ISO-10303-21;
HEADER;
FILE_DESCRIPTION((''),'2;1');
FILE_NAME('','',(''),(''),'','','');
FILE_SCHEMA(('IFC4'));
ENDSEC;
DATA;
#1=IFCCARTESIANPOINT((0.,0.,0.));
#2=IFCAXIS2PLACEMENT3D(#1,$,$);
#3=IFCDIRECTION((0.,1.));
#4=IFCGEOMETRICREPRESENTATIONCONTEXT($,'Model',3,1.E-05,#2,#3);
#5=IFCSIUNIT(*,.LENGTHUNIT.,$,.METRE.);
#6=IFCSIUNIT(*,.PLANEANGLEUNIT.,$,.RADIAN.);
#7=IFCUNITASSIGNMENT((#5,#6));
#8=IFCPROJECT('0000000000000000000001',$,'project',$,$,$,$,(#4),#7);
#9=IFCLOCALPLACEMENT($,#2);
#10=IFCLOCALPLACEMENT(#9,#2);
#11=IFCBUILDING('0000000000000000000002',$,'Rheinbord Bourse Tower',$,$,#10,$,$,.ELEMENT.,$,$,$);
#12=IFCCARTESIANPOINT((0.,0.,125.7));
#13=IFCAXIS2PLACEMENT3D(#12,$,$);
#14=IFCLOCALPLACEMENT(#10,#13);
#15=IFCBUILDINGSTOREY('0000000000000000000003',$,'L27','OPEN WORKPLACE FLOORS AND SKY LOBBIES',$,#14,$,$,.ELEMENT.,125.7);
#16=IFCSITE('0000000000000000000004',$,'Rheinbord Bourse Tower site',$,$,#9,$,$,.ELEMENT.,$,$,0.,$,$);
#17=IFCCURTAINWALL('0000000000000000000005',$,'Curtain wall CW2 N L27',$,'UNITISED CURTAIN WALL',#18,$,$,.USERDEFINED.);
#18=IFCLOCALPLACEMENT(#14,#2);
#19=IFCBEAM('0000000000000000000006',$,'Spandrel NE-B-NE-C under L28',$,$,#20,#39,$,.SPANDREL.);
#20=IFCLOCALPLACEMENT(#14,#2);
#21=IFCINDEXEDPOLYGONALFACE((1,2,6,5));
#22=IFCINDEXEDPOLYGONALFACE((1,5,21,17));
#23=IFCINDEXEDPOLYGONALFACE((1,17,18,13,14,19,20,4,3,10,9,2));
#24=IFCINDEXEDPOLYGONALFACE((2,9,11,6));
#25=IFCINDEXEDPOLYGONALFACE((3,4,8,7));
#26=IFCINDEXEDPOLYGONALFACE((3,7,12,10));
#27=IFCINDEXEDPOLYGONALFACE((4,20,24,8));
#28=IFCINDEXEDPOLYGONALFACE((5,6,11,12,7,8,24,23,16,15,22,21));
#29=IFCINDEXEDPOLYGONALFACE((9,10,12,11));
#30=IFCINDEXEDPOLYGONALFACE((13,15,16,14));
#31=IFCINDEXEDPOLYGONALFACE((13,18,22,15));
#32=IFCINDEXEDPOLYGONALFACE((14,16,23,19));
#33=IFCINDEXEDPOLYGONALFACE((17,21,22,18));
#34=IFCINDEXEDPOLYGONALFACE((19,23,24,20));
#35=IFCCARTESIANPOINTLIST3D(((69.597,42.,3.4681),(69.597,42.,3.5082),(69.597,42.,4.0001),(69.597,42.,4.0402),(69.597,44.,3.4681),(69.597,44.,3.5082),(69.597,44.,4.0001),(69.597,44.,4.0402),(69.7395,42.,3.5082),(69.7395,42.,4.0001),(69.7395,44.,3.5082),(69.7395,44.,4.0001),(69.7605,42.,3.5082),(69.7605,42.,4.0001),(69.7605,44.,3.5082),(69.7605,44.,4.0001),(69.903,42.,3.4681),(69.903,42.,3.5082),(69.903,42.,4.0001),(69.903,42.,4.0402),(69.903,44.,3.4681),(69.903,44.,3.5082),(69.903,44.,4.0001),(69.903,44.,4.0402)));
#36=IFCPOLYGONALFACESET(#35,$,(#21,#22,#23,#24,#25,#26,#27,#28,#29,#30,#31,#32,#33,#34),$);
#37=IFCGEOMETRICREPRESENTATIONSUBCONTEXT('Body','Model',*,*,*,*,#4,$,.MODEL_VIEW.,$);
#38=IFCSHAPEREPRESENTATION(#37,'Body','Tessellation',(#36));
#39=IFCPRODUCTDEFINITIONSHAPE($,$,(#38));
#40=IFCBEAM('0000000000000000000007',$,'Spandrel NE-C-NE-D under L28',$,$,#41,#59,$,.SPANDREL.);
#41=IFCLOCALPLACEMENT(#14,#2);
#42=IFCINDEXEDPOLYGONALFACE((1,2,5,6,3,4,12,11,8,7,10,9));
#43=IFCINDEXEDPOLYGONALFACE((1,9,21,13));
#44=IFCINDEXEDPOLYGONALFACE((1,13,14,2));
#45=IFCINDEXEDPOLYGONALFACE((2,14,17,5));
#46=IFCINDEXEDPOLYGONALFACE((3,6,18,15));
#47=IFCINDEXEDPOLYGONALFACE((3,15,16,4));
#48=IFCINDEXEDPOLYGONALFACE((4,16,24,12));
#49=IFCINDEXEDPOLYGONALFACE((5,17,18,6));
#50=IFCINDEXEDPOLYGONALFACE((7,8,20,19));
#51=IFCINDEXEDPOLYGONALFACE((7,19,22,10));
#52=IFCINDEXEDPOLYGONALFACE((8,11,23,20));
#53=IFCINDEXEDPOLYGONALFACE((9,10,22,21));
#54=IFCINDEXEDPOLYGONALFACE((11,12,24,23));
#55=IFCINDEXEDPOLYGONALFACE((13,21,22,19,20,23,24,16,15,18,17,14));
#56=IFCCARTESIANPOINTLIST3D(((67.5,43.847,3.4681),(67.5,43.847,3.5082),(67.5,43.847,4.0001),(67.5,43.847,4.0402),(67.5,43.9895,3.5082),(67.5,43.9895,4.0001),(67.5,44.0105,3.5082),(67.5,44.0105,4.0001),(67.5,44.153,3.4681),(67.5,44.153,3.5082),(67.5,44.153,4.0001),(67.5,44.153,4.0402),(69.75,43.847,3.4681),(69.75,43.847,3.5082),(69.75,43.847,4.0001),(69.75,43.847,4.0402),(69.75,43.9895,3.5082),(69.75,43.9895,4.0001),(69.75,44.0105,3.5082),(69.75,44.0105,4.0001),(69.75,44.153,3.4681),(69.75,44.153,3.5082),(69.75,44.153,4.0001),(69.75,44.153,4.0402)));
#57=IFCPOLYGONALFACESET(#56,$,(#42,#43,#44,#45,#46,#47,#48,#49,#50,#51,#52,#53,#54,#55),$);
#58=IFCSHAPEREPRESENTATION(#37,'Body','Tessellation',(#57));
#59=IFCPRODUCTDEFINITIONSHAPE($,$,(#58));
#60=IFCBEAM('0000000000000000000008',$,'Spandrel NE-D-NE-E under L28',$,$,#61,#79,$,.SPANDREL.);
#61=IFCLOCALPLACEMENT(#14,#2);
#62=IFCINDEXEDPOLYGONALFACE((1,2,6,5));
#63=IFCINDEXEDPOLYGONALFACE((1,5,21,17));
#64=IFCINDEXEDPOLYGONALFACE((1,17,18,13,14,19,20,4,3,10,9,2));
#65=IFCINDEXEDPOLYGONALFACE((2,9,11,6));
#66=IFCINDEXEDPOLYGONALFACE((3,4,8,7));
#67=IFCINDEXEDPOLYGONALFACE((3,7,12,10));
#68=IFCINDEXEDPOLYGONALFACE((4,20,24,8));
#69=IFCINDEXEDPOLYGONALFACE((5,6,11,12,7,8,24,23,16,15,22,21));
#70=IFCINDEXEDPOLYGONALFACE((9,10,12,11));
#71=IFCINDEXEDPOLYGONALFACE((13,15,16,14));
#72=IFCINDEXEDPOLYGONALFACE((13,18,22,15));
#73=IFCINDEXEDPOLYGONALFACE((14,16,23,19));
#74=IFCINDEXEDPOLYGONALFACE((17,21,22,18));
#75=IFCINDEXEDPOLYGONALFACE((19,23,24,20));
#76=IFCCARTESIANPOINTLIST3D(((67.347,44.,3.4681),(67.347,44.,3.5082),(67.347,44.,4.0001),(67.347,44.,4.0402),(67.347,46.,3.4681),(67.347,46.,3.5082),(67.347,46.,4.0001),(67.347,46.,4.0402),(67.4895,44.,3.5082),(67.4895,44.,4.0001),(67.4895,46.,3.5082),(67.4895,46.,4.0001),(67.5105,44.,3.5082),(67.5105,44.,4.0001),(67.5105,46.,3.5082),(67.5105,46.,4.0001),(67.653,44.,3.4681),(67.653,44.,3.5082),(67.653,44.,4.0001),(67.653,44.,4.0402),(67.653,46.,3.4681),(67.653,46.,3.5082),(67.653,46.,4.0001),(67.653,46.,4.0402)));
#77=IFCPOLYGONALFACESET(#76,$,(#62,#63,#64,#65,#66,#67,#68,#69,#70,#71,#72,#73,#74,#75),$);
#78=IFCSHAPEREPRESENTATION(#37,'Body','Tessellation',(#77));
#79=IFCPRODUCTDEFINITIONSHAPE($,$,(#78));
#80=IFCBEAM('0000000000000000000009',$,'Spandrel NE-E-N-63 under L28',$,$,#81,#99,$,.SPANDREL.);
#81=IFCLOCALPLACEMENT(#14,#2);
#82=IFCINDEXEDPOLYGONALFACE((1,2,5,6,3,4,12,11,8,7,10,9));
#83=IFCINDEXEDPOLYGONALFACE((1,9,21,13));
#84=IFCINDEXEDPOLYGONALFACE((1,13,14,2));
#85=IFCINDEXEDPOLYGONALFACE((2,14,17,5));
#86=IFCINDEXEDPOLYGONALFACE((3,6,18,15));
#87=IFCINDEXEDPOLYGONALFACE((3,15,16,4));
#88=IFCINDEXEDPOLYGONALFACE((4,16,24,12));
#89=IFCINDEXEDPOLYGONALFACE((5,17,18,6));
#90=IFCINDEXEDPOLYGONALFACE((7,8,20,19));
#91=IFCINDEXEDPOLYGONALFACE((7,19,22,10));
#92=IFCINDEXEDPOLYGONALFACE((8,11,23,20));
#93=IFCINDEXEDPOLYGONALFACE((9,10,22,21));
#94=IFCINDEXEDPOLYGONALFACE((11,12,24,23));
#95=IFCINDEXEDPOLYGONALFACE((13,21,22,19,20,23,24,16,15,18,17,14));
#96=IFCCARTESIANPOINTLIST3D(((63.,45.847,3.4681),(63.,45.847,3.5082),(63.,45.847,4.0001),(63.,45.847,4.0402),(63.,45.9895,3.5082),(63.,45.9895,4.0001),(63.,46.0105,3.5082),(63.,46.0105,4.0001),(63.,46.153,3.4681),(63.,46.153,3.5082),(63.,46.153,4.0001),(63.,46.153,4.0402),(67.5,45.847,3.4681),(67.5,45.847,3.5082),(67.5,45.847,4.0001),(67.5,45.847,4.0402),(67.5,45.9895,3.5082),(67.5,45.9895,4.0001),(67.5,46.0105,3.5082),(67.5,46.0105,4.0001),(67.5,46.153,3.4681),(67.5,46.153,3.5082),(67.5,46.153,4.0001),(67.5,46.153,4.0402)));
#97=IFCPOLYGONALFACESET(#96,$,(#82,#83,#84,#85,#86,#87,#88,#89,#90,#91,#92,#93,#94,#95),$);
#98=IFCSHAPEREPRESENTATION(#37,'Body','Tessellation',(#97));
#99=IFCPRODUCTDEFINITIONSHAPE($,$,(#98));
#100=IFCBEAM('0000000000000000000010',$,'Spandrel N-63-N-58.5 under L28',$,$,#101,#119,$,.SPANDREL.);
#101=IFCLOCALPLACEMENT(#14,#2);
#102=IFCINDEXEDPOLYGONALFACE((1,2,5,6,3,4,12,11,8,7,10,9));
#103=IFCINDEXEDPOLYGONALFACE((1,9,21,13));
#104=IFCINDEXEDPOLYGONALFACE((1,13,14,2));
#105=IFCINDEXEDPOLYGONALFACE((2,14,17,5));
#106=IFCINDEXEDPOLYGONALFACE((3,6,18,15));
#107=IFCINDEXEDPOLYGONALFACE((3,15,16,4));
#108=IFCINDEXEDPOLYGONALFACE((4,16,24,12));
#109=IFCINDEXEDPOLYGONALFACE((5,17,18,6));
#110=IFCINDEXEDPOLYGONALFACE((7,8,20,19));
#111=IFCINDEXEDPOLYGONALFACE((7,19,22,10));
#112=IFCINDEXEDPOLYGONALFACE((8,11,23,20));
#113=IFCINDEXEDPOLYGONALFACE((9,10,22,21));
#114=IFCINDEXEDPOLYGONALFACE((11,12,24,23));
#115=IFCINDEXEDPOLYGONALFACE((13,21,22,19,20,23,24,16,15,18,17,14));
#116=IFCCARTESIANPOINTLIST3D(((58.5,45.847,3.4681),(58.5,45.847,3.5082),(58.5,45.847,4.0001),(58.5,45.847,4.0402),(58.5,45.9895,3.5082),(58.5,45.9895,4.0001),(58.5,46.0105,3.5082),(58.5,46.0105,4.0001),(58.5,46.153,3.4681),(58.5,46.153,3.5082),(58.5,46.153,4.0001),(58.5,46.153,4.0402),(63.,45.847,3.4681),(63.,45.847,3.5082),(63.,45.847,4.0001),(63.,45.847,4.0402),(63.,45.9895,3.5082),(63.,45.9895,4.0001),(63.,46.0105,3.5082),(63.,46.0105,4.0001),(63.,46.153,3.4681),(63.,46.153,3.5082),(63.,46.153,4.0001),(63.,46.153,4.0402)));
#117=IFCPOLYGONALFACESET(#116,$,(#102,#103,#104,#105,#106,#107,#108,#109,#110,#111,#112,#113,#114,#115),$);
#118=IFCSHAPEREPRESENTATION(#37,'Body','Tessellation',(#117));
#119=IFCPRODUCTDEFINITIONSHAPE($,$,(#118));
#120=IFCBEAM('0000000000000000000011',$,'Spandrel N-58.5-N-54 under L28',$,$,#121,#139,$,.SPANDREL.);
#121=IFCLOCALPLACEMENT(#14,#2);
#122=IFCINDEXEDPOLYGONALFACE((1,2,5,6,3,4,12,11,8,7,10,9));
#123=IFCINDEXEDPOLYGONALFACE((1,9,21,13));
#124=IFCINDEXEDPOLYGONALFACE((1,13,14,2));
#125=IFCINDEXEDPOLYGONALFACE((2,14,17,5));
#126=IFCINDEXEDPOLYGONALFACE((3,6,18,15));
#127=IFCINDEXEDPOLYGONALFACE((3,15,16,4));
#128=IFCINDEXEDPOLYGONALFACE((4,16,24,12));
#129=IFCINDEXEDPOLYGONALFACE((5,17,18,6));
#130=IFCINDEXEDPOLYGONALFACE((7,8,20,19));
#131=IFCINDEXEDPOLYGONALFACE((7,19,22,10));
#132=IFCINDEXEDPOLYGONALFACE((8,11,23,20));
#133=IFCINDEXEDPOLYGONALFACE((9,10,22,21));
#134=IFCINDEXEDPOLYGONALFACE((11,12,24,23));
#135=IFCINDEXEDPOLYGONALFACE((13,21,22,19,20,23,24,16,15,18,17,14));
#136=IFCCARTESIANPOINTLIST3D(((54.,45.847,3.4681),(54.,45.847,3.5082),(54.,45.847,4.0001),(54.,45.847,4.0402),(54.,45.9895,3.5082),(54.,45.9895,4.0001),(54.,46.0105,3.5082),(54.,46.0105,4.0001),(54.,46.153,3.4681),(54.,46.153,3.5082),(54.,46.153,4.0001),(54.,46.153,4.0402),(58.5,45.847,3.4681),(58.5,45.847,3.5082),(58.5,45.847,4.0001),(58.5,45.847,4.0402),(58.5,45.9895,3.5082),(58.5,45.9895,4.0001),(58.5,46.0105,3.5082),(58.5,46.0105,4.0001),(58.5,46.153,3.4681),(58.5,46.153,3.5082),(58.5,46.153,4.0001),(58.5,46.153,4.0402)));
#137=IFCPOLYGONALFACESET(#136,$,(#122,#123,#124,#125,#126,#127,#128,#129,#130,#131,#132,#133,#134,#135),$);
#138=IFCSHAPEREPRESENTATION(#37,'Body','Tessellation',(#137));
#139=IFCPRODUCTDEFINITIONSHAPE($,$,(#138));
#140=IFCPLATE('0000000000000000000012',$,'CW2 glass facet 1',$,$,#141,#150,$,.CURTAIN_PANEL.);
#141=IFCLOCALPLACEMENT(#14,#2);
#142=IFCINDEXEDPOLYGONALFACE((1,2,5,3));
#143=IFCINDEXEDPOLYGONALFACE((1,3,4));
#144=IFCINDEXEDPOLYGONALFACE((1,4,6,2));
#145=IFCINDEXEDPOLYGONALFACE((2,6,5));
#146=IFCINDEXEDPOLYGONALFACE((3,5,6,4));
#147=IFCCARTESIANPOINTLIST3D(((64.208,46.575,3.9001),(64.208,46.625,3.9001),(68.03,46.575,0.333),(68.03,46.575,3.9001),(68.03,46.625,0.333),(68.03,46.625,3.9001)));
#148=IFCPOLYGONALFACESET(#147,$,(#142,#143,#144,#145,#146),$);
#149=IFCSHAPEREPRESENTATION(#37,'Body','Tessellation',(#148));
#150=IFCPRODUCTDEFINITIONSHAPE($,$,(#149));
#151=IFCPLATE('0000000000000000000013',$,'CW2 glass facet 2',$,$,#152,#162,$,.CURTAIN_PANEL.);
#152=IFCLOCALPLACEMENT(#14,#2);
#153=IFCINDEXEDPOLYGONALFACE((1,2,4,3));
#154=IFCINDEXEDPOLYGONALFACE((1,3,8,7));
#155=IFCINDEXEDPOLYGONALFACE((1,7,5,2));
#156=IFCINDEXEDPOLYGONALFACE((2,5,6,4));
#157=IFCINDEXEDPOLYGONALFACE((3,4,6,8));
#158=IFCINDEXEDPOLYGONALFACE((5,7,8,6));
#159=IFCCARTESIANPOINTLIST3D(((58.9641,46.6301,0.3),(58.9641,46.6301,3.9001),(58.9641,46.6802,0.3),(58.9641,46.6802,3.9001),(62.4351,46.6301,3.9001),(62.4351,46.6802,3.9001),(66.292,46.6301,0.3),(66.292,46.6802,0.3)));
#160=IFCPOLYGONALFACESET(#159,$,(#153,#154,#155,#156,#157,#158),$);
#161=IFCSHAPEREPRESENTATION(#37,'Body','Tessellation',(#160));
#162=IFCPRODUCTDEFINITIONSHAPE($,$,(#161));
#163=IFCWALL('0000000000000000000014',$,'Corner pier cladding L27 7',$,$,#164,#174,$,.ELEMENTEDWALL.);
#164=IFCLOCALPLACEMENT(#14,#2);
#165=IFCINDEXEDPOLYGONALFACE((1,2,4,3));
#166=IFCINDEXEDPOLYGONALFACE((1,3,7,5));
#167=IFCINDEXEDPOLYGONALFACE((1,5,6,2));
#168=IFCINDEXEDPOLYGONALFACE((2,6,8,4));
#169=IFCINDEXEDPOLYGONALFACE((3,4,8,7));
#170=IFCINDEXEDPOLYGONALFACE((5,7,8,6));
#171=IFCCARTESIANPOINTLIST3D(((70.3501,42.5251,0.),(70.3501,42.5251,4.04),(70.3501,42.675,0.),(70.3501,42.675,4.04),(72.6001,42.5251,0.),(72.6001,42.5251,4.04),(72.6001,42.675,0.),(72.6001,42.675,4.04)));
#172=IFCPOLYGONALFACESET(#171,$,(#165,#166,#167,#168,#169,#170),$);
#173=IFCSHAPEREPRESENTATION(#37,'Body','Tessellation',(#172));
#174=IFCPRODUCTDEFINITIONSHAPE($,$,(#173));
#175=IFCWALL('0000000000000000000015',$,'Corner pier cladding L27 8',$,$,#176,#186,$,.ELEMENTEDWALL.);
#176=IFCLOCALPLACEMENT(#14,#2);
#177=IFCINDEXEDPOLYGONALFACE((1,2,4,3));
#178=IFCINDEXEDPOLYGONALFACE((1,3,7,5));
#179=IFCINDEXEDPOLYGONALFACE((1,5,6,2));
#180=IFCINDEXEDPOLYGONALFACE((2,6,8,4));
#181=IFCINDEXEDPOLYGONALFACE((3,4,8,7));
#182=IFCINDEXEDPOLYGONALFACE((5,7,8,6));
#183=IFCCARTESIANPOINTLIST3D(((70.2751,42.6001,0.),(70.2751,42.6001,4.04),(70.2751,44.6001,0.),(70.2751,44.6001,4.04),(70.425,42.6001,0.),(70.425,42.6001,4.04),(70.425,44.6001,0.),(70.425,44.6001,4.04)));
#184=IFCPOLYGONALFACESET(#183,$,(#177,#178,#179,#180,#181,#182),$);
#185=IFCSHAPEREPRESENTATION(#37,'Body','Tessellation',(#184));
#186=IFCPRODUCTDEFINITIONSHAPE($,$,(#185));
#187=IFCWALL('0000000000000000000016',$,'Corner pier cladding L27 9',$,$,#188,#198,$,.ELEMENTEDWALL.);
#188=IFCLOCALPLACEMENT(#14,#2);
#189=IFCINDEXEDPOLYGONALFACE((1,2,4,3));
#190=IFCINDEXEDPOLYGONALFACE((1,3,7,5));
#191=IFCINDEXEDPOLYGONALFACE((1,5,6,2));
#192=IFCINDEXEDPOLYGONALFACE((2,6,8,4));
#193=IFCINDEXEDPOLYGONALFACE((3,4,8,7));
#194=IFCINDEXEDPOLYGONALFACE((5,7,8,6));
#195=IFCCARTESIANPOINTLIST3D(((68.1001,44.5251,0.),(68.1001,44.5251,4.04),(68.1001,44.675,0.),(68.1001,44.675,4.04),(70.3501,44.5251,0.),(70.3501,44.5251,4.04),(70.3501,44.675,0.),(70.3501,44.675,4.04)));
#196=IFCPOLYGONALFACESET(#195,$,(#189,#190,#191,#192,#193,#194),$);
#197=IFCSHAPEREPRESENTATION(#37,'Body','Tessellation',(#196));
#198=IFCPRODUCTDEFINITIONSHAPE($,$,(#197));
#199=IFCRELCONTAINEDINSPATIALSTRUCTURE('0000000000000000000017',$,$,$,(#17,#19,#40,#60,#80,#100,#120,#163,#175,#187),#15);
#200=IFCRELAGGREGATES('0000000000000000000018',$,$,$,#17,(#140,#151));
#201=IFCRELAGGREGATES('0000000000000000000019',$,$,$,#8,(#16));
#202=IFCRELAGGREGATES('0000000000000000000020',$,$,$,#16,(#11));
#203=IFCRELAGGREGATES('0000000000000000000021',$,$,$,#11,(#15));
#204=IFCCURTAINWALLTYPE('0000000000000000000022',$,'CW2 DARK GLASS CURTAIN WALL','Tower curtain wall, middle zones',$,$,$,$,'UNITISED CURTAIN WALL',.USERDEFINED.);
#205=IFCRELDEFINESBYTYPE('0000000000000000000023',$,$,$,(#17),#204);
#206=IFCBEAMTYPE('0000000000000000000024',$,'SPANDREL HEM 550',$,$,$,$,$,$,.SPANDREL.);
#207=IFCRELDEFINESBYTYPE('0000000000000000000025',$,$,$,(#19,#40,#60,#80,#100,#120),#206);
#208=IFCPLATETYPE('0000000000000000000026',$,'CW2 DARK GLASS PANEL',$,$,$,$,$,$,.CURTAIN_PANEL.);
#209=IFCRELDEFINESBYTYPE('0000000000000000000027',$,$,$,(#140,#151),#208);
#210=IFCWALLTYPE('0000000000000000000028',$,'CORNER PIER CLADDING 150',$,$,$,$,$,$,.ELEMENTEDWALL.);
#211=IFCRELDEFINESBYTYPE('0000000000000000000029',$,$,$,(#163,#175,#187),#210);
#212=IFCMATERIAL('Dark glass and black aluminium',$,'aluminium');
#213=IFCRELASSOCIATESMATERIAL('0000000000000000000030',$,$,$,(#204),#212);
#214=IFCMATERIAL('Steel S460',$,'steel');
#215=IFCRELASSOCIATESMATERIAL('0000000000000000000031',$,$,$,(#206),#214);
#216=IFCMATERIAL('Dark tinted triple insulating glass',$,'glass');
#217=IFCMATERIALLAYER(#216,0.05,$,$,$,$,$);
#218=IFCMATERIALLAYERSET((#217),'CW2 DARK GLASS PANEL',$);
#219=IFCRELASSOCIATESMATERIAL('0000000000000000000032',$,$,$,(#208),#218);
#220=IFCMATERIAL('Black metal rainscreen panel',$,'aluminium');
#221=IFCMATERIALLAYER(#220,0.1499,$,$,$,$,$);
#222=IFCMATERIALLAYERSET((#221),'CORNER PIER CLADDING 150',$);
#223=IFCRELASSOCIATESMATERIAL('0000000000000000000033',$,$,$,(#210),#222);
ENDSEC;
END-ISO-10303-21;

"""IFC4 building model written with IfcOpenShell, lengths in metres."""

from ifc_helpers import new_model, si_unit, direction, frame, frame_2d, origin, origin_2d, place, context, subcontext, project, spatial, polyline, rectangle, i_section, outline, extrude, material, layer, layer_set, material_profile, profile_set, type_object, element, aggregate, save


model = new_model("IFC4")

# Units and contexts
model_context = context("Model", 3, precision=1e-05, world=origin(), true_north=direction((0.0, 1.0)))
body_context = subcontext(model_context, "Body", "Model", "MODEL_VIEW")
ifc_project = project(units=[si_unit("LENGTHUNIT", "METRE"), si_unit("PLANEANGLEUNIT", "RADIAN")], contexts=[model_context])

# Site, building, storey
site_placement = place(None, origin())
site = spatial("IfcSite", under=ifc_project, at=site_placement, Name="Rheinbord Bourse Tower site", CompositionType="ELEMENT", RefElevation=0.0)
building_placement = place(site_placement, origin())
building = spatial("IfcBuilding", under=site, at=building_placement, Name="Rheinbord Bourse Tower", CompositionType="ELEMENT")
storey_placement = place(building_placement, frame((0.0, 0.0, 125.7)))
storey = spatial("IfcBuildingStorey", under=building, at=storey_placement, Name="L27", Description="OPEN WORKPLACE FLOORS AND SKY LOBBIES", CompositionType="ELEMENT", Elevation=125.7)

# Curtain wall
ifc_material_1 = material(Name="Dark glass and black aluminium", Category="aluminium")
curtain_wall_type = type_object("IfcCurtainWallType", Name="CW2 DARK GLASS CURTAIN WALL", Description="Tower curtain wall, middle zones", ElementType="UNITISED CURTAIN WALL", PredefinedType="USERDEFINED", material=ifc_material_1)
curtain_wall_1_placement = place(storey_placement, origin())
curtain_wall_1 = element("IfcCurtainWall", 1, at=curtain_wall_1_placement, inside=storey, type_object=curtain_wall_type, Name="Curtain wall CW2 N L27", ObjectType="UNITISED CURTAIN WALL", PredefinedType="USERDEFINED")

# Beams
ifc_material_2 = material(Name="Steel S460", Category="steel")
ifc_material_profile_1 = material_profile(ifc_material_2, i_section(OverallWidth=0.3059, OverallDepth=0.572, WebThickness=0.021, FlangeThickness=0.04, at=origin_2d()), Name="HEM 550")
ifc_profile_set_1 = profile_set([ifc_material_profile_1], Name="Steel S460")
beam_type_1 = type_object("IfcBeamType", Name="SPANDREL HEM 550", PredefinedType="SPANDREL", material=ifc_profile_set_1)
beam_1_placement = place(storey_placement, frame((69.75, 42.0, 3.7542), z_axis=(0.0, 1.0, 0.0), x_axis=(-1.0, 0.0, 0.0)))
element("IfcBeam", 2, at=beam_1_placement, inside=storey, type_object=beam_type_1, Name="Spandrel NE-B-NE-C under L28", PredefinedType="SPANDREL", context=body_context, shape_type="SweptSolid", body=[
    extrude(i_section(OverallWidth=0.3059, OverallDepth=0.572, WebThickness=0.021, FlangeThickness=0.04, at=origin_2d()), origin(), (0.0, 0.0, 1.0), 2.0),
])
beam_2_placement = place(storey_placement, frame((69.75, 44.0, 3.7542), z_axis=(-1.0, 0.0, 0.0), x_axis=(0.0, -1.0, 0.0)))
element("IfcBeam", 3, at=beam_2_placement, inside=storey, type_object=beam_type_1, Name="Spandrel NE-C-NE-D under L28", PredefinedType="SPANDREL", context=body_context, shape_type="SweptSolid", body=[
    extrude(i_section(OverallWidth=0.3059, OverallDepth=0.572, WebThickness=0.021, FlangeThickness=0.04, at=origin_2d()), origin(), (0.0, 0.0, 1.0), 2.25),
])
beam_3_placement = place(storey_placement, frame((67.5, 44.0, 3.7542), z_axis=(0.0, 1.0, 0.0), x_axis=(-1.0, 0.0, 0.0)))
element("IfcBeam", 4, at=beam_3_placement, inside=storey, type_object=beam_type_1, Name="Spandrel NE-D-NE-E under L28", PredefinedType="SPANDREL", context=body_context, shape_type="SweptSolid", body=[
    extrude(i_section(OverallWidth=0.3059, OverallDepth=0.572, WebThickness=0.021, FlangeThickness=0.04, at=origin_2d()), origin(), (0.0, 0.0, 1.0), 2.0),
])
for number, where, z_axis, x_axis, name in (
    (5, (67.5, 46.0, 3.7542), (-1.0, 0.0, 0.0), (0.0, -1.0, 0.0), "Spandrel NE-E-N-63 under L28"),
    (6, (63.0, 46.0, 3.7542), (-1.0, 0.0, 0.0), (0.0, -1.0, 0.0), "Spandrel N-63-N-58.5 under L28"),
    (7, (58.5, 46.0, 3.7542), (-1.0, 0.0, 0.0), (0.0, -1.0, 0.0), "Spandrel N-58.5-N-54 under L28"),
):
    element("IfcBeam", number, at=place(storey_placement, frame(where, z_axis=z_axis, x_axis=x_axis)), inside=storey, type_object=beam_type_1, Name=name, PredefinedType="SPANDREL", context=body_context, shape_type="SweptSolid", body=[
        extrude(i_section(OverallWidth=0.3059, OverallDepth=0.572, WebThickness=0.021, FlangeThickness=0.04, at=origin_2d()), origin(), (0.0, 0.0, 1.0), 4.5),
    ])

# Plates
ifc_material_3 = material(Name="Dark tinted triple insulating glass", Category="glass")
ifc_layer_1 = layer(ifc_material_3, 0.05)
ifc_layer_set_1 = layer_set([ifc_layer_1], Name="CW2 DARK GLASS PANEL")
plate_type = type_object("IfcPlateType", Name="CW2 DARK GLASS PANEL", PredefinedType="CURTAIN_PANEL", material=ifc_layer_set_1)
plate_1_placement = place(storey_placement, frame((68.03, 46.625, 3.9001), z_axis=(0.0, -1.0, 0.0), x_axis=(-1.0, 0.0, 0.0)))
plate_1 = element("IfcPlate", 8, at=plate_1_placement, type_object=plate_type, Name="CW2 glass facet 1", PredefinedType="CURTAIN_PANEL", context=body_context, shape_type="SweptSolid", body=[
    extrude(outline(polyline([(0.0, 0.0), (3.822, 0.0), (0.0, 3.5671), (0.0, 0.0)])), origin(), (0.0, 0.0, 1.0), 0.05),
])
plate_2_placement = place(storey_placement, frame((58.9641, 46.6802, 3.9001), z_axis=(0.0, -1.0, 0.0), x_axis=(0.0, 0.0, -1.0)))
plate_2 = element("IfcPlate", 9, at=plate_2_placement, type_object=plate_type, Name="CW2 glass facet 2", PredefinedType="CURTAIN_PANEL", context=body_context, shape_type="SweptSolid", body=[
    extrude(outline(polyline([(0.0, 0.0), (3.6001, 0.0), (3.6001, 7.3279), (0.0, 3.4709), (0.0, 0.0)])), origin(), (0.0, 0.0, 1.0), 0.05),
])
aggregate(curtain_wall_1, [plate_1, plate_2])

# Walls
ifc_material_4 = material(Name="Black metal rainscreen panel", Category="aluminium")
ifc_layer_2 = layer(ifc_material_4, 0.1499)
ifc_layer_set_2 = layer_set([ifc_layer_2], Name="CORNER PIER CLADDING 150")
wall_type = type_object("IfcWallType", Name="CORNER PIER CLADDING 150", PredefinedType="ELEMENTEDWALL", material=ifc_layer_set_2)
wall_1_placement = place(storey_placement, frame((72.6001, 42.6001, 0.0), z_axis=(0.0, 0.0, 1.0), x_axis=(-1.0, 0.0, 0.0)))
element("IfcWall", 10, at=wall_1_placement, inside=storey, type_object=wall_type, Name="Corner pier cladding L27 7", PredefinedType="ELEMENTEDWALL", context=body_context, shape_type="SweptSolid", body=[
    extrude(rectangle(XDim=2.25, YDim=0.1499, at=frame_2d((1.125, 0.0))), origin(), (0.0, 0.0, 1.0), 4.04),
])
wall_2_placement = place(storey_placement, frame((70.3501, 42.6001, 0.0), z_axis=(0.0, 0.0, 1.0), x_axis=(0.0, 1.0, 0.0)))
element("IfcWall", 11, at=wall_2_placement, inside=storey, type_object=wall_type, Name="Corner pier cladding L27 8", PredefinedType="ELEMENTEDWALL", context=body_context, shape_type="SweptSolid", body=[
    extrude(rectangle(XDim=2.0, YDim=0.1499, at=frame_2d((1.0, 0.0))), origin(), (0.0, 0.0, 1.0), 4.04),
])
wall_3_placement = place(storey_placement, frame((70.3501, 44.6001, 0.0), z_axis=(0.0, 0.0, 1.0), x_axis=(-1.0, 0.0, 0.0)))
element("IfcWall", 12, at=wall_3_placement, inside=storey, type_object=wall_type, Name="Corner pier cladding L27 9", PredefinedType="ELEMENTEDWALL", context=body_context, shape_type="SweptSolid", body=[
    extrude(rectangle(XDim=2.25, YDim=0.1499, at=frame_2d((1.125, 0.0))), origin(), (0.0, 0.0, 1.0), 4.04),
])

save(model, "model.ifc")
